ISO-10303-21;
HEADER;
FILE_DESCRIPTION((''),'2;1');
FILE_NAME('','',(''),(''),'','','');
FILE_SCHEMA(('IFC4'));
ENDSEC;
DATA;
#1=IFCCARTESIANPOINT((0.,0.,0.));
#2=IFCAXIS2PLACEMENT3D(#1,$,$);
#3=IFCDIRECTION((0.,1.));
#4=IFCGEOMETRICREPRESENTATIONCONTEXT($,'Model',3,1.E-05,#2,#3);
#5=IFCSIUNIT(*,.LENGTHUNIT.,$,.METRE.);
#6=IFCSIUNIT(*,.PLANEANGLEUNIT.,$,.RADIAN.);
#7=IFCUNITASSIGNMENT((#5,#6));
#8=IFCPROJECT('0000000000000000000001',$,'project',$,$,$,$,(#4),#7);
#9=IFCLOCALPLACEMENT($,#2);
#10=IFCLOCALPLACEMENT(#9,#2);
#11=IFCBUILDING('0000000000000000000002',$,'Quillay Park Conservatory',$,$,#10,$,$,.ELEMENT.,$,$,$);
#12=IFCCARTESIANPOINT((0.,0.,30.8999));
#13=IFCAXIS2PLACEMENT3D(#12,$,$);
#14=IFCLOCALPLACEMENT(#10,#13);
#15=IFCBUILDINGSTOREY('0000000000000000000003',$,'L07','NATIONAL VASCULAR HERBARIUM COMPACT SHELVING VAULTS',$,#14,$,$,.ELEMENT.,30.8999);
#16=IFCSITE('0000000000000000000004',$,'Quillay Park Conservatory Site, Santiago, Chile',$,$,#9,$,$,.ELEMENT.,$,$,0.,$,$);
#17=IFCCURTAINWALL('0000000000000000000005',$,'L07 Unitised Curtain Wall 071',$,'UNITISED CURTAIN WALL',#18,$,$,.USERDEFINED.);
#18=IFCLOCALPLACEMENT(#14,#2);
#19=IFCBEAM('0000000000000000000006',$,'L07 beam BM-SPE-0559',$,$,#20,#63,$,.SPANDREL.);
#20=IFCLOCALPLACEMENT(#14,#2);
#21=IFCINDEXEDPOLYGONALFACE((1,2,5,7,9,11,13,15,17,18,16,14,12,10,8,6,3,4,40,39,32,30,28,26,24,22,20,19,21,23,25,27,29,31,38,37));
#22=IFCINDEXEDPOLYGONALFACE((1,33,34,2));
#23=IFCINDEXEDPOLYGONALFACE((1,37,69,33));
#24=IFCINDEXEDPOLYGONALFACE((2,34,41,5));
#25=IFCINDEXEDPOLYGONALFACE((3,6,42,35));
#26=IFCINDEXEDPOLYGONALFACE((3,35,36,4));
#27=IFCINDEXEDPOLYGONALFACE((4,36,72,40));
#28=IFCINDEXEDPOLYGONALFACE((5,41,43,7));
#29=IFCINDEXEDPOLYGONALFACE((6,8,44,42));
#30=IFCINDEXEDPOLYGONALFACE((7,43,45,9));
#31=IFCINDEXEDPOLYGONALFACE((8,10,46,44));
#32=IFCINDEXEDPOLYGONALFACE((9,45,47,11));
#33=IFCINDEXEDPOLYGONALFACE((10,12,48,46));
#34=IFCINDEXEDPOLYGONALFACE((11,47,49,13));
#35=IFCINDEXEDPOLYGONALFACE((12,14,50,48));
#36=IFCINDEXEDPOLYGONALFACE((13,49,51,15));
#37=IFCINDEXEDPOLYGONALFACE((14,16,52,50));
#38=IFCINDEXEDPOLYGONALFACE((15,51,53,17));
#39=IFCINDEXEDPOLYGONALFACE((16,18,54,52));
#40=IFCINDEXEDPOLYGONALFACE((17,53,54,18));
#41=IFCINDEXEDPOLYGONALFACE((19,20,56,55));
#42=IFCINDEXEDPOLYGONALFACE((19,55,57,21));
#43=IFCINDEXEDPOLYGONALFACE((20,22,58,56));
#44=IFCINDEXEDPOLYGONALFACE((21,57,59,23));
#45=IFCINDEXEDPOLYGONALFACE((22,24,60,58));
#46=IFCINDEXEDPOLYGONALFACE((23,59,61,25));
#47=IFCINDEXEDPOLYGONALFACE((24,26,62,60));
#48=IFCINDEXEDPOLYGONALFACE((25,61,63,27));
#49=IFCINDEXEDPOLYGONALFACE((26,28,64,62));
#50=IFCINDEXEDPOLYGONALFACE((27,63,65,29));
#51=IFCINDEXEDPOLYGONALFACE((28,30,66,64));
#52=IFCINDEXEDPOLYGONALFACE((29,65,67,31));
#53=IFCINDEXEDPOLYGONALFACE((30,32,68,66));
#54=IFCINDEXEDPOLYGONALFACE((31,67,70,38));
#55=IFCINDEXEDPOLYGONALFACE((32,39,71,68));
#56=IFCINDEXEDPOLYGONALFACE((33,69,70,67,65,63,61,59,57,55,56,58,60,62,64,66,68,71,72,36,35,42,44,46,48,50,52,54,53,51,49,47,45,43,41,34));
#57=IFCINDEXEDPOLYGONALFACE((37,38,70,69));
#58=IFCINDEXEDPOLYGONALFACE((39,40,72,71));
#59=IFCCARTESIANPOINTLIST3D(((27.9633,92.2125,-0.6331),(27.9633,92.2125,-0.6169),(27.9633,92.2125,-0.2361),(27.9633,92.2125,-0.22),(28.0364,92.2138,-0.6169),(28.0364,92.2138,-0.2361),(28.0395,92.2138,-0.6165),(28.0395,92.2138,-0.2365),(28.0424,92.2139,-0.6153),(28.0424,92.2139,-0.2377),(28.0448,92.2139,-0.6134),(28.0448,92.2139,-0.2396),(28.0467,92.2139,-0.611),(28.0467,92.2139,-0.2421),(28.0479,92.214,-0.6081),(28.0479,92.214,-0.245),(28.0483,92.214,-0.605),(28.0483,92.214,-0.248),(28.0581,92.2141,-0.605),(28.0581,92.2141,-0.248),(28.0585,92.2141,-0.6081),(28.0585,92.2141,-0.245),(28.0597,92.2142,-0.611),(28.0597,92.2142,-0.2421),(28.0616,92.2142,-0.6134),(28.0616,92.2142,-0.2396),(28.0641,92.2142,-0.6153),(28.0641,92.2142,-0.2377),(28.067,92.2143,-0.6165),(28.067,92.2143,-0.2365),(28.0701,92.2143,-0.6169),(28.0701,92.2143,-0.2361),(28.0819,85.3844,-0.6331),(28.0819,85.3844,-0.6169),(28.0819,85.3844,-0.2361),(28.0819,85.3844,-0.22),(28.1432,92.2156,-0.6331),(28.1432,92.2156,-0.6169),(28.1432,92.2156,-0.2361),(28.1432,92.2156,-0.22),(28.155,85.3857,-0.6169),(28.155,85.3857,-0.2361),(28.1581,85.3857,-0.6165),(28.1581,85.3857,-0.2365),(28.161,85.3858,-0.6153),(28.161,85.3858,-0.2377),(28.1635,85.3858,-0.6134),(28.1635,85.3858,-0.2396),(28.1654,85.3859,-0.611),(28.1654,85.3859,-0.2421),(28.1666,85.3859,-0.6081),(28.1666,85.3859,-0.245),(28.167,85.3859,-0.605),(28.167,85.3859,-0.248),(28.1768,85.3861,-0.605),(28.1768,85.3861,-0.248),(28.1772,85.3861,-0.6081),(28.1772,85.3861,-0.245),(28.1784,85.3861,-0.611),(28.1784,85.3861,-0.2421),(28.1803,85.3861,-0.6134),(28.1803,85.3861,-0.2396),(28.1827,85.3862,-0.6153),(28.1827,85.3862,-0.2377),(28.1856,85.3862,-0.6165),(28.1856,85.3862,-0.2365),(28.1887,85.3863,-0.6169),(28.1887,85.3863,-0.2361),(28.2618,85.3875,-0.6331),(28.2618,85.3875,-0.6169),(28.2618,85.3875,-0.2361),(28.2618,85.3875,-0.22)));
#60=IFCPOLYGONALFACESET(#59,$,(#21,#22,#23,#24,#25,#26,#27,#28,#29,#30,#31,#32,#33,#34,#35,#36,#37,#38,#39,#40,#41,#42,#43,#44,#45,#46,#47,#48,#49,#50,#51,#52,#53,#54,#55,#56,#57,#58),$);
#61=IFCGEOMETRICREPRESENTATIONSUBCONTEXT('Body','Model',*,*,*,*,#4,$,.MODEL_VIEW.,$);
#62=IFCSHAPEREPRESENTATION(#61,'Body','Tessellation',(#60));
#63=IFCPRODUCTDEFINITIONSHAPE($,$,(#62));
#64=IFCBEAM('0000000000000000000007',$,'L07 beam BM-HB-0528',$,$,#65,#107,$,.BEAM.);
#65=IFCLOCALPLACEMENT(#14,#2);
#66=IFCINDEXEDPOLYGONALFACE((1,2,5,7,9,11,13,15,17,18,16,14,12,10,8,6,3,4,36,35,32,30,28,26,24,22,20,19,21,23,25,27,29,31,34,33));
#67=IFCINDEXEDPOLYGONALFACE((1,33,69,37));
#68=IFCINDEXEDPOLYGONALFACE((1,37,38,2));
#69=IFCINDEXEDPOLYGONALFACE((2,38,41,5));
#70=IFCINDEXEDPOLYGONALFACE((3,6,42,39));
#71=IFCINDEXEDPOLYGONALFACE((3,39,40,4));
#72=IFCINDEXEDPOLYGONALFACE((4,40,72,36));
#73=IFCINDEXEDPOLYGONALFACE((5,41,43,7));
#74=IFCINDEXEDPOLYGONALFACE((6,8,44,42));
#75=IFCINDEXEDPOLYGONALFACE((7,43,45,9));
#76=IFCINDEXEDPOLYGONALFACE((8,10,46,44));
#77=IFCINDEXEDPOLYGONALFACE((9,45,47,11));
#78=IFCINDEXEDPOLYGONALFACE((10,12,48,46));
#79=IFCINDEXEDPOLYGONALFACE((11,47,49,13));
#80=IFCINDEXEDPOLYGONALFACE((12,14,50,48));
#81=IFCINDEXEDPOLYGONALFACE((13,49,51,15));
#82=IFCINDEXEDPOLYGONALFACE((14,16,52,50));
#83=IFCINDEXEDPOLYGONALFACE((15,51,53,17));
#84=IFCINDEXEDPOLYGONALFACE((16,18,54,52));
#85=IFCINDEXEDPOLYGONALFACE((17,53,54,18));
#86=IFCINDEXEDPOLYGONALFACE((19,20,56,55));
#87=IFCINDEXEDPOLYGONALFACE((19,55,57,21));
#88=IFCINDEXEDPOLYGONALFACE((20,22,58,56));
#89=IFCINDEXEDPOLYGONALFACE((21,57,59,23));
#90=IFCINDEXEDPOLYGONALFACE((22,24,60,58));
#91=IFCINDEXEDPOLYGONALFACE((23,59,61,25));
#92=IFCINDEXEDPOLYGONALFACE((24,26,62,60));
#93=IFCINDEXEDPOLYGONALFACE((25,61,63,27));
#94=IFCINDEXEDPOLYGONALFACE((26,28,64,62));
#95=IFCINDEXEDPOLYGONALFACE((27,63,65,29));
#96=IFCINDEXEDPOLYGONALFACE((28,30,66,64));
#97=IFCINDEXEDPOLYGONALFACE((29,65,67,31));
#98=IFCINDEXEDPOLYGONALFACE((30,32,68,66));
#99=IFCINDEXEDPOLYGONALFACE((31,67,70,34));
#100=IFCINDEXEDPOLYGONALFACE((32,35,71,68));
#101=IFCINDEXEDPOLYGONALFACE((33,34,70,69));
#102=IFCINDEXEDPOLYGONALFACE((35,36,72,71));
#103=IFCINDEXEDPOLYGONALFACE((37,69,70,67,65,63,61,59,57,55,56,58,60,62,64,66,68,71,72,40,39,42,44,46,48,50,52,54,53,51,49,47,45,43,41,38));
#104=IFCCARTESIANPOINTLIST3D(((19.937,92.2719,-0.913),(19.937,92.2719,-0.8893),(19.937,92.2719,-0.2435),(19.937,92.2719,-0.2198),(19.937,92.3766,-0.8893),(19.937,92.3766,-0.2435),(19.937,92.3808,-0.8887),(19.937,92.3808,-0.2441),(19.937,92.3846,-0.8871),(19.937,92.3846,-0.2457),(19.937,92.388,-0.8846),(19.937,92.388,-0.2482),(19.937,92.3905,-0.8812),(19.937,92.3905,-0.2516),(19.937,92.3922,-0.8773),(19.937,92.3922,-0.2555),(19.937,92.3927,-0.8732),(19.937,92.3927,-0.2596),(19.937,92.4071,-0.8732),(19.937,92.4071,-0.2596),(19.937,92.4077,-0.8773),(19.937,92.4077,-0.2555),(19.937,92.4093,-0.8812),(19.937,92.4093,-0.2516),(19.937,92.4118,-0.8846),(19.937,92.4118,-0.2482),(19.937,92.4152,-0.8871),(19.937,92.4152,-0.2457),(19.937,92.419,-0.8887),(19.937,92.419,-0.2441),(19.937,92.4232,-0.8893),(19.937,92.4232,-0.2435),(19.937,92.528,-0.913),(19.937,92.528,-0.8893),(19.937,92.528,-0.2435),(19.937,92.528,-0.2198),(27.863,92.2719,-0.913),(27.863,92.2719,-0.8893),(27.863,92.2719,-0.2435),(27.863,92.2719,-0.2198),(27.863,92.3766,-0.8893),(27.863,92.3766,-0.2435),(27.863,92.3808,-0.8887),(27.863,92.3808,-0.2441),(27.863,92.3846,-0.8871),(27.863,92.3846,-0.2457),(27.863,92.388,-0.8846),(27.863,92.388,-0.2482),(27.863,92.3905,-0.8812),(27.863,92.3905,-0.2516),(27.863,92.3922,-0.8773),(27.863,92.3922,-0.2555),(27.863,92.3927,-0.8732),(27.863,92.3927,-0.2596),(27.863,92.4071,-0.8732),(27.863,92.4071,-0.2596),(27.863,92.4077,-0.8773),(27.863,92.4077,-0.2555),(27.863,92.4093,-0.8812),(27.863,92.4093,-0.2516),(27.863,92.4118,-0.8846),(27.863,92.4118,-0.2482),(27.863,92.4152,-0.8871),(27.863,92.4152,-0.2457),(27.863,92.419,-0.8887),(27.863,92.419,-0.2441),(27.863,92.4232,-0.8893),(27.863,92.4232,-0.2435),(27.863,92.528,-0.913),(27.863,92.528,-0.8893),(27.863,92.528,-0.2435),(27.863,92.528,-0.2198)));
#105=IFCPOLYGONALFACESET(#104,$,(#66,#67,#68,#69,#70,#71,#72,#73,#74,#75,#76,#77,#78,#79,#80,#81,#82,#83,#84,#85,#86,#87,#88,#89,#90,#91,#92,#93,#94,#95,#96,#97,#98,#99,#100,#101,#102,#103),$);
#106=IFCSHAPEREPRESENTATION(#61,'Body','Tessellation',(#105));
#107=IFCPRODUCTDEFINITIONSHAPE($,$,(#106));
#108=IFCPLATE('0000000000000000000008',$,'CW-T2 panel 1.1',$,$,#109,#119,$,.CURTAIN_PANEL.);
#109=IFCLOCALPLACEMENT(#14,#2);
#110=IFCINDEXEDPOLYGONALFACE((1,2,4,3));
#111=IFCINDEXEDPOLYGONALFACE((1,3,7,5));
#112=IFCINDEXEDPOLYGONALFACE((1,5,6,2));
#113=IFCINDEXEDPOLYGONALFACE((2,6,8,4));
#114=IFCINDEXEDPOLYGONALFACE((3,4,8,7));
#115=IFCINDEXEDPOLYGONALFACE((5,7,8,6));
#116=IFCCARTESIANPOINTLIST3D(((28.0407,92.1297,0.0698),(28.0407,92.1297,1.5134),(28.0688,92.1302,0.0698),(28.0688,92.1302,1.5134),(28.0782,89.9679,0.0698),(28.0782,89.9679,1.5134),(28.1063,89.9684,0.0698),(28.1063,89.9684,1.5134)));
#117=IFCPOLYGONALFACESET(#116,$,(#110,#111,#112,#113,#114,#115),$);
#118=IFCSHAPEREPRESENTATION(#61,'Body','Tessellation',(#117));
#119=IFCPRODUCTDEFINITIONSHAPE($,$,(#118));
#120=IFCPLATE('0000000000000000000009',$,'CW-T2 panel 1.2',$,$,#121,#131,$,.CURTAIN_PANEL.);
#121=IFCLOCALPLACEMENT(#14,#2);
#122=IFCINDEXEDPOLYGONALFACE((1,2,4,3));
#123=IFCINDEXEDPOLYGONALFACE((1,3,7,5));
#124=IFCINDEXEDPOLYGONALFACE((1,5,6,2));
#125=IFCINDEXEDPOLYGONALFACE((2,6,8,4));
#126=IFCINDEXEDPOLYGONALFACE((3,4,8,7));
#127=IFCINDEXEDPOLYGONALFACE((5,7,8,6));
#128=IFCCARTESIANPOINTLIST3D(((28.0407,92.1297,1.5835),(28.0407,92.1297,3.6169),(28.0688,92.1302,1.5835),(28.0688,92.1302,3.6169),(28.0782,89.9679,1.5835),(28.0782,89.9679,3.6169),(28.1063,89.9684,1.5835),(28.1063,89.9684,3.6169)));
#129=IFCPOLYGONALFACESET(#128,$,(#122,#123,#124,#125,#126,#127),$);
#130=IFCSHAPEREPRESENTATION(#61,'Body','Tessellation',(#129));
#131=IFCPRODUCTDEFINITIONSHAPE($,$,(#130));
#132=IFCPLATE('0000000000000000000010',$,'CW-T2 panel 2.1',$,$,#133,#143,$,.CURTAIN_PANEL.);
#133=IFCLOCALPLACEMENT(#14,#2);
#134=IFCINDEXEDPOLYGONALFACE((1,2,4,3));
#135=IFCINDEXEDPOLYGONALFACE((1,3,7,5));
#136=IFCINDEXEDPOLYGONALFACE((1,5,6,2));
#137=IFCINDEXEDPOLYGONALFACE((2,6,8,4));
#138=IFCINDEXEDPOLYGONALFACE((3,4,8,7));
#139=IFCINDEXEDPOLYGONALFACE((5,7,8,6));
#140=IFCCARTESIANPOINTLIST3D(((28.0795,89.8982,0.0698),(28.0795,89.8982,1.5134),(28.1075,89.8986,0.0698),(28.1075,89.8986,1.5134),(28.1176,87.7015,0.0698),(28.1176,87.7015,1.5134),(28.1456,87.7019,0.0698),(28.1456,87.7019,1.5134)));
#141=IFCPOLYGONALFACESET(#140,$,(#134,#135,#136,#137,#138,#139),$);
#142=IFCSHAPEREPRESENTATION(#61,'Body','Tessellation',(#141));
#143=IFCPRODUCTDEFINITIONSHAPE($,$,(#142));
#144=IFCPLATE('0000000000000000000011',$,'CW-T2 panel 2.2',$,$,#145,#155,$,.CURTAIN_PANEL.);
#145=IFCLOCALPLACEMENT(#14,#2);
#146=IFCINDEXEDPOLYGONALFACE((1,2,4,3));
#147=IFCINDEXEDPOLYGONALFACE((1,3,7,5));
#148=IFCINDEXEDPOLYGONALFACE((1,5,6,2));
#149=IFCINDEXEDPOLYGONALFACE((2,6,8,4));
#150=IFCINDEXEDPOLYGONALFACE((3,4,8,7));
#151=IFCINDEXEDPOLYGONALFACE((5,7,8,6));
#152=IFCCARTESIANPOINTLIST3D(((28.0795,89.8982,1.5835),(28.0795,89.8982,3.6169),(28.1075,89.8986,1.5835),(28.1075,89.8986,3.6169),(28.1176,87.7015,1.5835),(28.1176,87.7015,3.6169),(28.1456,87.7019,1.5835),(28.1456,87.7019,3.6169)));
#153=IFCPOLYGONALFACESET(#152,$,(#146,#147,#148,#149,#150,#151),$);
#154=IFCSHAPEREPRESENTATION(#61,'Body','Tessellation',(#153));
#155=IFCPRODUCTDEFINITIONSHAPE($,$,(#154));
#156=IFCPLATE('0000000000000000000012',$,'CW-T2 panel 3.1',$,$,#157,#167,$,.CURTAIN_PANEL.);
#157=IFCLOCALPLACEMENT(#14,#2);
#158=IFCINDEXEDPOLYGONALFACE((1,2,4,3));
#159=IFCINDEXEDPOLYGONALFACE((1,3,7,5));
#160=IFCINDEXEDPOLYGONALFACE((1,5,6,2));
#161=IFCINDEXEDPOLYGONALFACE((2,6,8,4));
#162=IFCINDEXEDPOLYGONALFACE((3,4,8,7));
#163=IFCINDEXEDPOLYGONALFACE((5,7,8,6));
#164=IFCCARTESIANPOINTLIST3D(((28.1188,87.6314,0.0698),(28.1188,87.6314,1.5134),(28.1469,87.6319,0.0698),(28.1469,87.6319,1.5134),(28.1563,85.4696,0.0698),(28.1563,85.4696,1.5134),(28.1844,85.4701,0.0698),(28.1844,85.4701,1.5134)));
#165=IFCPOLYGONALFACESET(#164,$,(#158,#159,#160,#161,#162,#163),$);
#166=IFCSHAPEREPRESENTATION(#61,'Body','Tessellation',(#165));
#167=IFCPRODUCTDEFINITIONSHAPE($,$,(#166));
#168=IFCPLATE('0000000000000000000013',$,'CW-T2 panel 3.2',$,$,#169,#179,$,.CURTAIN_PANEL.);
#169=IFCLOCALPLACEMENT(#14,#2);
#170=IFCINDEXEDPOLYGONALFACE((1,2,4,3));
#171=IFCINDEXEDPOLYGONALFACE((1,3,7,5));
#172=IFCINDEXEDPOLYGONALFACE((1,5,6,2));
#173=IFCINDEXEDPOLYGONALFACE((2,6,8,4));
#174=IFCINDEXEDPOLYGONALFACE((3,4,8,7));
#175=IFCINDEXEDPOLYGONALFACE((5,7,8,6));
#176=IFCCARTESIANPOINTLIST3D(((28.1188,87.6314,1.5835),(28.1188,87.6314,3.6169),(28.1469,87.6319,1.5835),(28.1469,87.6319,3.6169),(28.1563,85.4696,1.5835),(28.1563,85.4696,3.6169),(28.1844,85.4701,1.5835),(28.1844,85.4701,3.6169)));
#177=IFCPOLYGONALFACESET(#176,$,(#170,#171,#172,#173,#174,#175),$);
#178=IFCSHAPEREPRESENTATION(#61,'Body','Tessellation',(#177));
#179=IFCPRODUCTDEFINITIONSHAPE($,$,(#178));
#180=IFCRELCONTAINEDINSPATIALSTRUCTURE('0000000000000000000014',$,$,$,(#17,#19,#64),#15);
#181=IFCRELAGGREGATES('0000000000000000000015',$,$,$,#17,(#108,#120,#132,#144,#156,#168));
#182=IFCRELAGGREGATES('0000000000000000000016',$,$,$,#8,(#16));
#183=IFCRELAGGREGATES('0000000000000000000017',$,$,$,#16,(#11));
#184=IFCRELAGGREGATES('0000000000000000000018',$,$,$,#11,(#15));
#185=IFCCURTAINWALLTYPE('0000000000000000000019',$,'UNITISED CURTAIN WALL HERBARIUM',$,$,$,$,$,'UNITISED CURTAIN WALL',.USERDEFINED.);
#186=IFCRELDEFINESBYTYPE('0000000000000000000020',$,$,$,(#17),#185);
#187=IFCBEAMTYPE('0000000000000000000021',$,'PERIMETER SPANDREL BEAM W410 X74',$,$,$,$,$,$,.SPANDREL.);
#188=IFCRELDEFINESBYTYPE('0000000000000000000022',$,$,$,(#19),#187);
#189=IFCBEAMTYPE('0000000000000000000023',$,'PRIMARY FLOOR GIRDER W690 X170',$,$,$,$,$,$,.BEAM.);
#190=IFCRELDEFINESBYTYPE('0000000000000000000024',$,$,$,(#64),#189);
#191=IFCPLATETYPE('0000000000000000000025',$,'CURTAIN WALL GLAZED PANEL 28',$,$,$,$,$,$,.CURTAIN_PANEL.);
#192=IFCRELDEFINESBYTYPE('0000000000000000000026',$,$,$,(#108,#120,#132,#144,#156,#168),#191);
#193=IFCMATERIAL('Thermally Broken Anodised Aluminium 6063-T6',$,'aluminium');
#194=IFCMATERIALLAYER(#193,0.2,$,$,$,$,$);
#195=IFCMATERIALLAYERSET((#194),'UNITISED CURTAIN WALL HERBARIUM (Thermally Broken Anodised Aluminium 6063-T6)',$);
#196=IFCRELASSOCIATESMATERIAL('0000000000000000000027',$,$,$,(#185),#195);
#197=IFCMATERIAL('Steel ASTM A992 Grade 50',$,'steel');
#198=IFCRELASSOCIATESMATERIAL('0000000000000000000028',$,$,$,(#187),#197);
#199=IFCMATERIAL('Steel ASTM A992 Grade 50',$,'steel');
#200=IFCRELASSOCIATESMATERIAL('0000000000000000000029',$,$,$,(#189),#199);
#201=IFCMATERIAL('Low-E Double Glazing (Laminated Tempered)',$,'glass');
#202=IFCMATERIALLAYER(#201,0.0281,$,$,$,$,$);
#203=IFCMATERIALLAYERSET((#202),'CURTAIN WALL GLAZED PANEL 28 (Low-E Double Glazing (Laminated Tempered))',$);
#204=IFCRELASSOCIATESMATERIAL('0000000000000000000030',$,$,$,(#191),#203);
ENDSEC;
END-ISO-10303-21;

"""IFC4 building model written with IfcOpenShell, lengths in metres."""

from ifc_helpers import new_model, si_unit, direction, frame, origin, origin_2d, place, context, subcontext, project, spatial, rectangle, i_section, extrude, material, layer, layer_set, material_profile, profile_set, type_object, element, aggregate, save


model = new_model("IFC4")

# Units and contexts
model_context = context("Model", 3, precision=1e-05, world=origin(), true_north=direction((0.0, 1.0)))
body_context = subcontext(model_context, "Body", "Model", "MODEL_VIEW")
ifc_project = project(units=[si_unit("LENGTHUNIT", "METRE"), si_unit("PLANEANGLEUNIT", "RADIAN")], contexts=[model_context])

# Site, building, storey
site_placement = place(None, origin())
site = spatial("IfcSite", under=ifc_project, at=site_placement, Name="Quillay Park Conservatory Site, Santiago, Chile", CompositionType="ELEMENT", RefElevation=0.0)
building_placement = place(site_placement, origin())
building = spatial("IfcBuilding", under=site, at=building_placement, Name="Quillay Park Conservatory", CompositionType="ELEMENT")
storey_placement = place(building_placement, frame((0.0, 0.0, 30.8999)))
storey = spatial("IfcBuildingStorey", under=building, at=storey_placement, Name="L07", Description="NATIONAL VASCULAR HERBARIUM COMPACT SHELVING VAULTS", CompositionType="ELEMENT", Elevation=30.8999)

# Curtain wall
ifc_material_1 = material(Name="Thermally Broken Anodised Aluminium 6063-T6", Category="aluminium")
ifc_layer_1 = layer(ifc_material_1, 0.2)
ifc_layer_set_1 = layer_set([ifc_layer_1], Name="UNITISED CURTAIN WALL HERBARIUM (Thermally Broken Anodised Aluminium 6063-T6)")
curtain_wall_type = type_object("IfcCurtainWallType", Name="UNITISED CURTAIN WALL HERBARIUM", ElementType="UNITISED CURTAIN WALL", PredefinedType="USERDEFINED", material=ifc_layer_set_1)
curtain_wall_placement = place(storey_placement, origin())
curtain_wall = element("IfcCurtainWall", 1, at=curtain_wall_placement, inside=storey, type_object=curtain_wall_type, Name="L07 Unitised Curtain Wall 071", ObjectType="UNITISED CURTAIN WALL", PredefinedType="USERDEFINED")

# Beams
ifc_material_2 = material(Name="Steel ASTM A992 Grade 50", Category="steel")
ifc_material_profile_1 = material_profile(ifc_material_2, i_section(OverallWidth=0.1799, OverallDepth=0.4131, WebThickness=0.0098, FlangeThickness=0.0161, FilletRadius=0.012, at=origin_2d()), Name="W410x74")
ifc_profile_set_1 = profile_set([ifc_material_profile_1], Name="Steel ASTM A992 Grade 50")
beam_type_1 = type_object("IfcBeamType", Name="PERIMETER SPANDREL BEAM W410 X74", PredefinedType="SPANDREL", material=ifc_profile_set_1)
beam_1_placement = place(storey_placement, frame((28.1719, 85.386, -0.4265), z_axis=(-0.017374, 0.999849, 0.0), x_axis=(-0.999849, -0.017374, 0.0)))
element("IfcBeam", 2, at=beam_1_placement, inside=storey, type_object=beam_type_1, Name="L07 beam BM-SPE-0559", PredefinedType="SPANDREL", context=body_context, shape_type="SweptSolid", body=[
    extrude(i_section(OverallWidth=0.1799, OverallDepth=0.4131, WebThickness=0.0098, FlangeThickness=0.0161, FilletRadius=0.012, at=origin_2d()), origin(), (0.0, 0.0, 1.0), 6.8291),
])
ifc_material_3 = material(Name="Steel ASTM A992 Grade 50", Category="steel")
ifc_material_profile_2 = material_profile(ifc_material_3, i_section(OverallWidth=0.2561, OverallDepth=0.6931, WebThickness=0.0144, FlangeThickness=0.0237, FilletRadius=0.0161, at=origin_2d()), Name="W690x170")
ifc_profile_set_2 = profile_set([ifc_material_profile_2], Name="Steel ASTM A992 Grade 50")
beam_type_2 = type_object("IfcBeamType", Name="PRIMARY FLOOR GIRDER W690 X170", PredefinedType="BEAM", material=ifc_profile_set_2)
beam_2_placement = place(storey_placement, frame((19.937, 92.3999, -0.5664), z_axis=(1.0, 0.0, 0.0), x_axis=(0.0, 1.0, 0.0)))
element("IfcBeam", 3, at=beam_2_placement, inside=storey, type_object=beam_type_2, Name="L07 beam BM-HB-0528", PredefinedType="BEAM", context=body_context, shape_type="SweptSolid", body=[
    extrude(i_section(OverallWidth=0.2561, OverallDepth=0.6931, WebThickness=0.0144, FlangeThickness=0.0237, FilletRadius=0.0161, at=origin_2d()), origin(), (0.0, 0.0, 1.0), 7.926),
])

# Plates
ifc_material_4 = material(Name="Low-E Double Glazing (Laminated Tempered)", Category="glass")
ifc_layer_2 = layer(ifc_material_4, 0.0281)
ifc_layer_set_2 = layer_set([ifc_layer_2], Name="CURTAIN WALL GLAZED PANEL 28 (Low-E Double Glazing (Laminated Tempered))")
plate_type = type_object("IfcPlateType", Name="CURTAIN WALL GLAZED PANEL 28", PredefinedType="CURTAIN_PANEL", material=ifc_layer_set_2)
plate_1_placement = place(storey_placement, frame((28.0735, 91.0491, 0.0698), z_axis=(0.0, 0.0, 1.0), x_axis=(0.01735, -0.999849, 0.0)))
plate_1 = element("IfcPlate", 4, at=plate_1_placement, type_object=plate_type, Name="CW-T2 panel 1.1", PredefinedType="CURTAIN_PANEL", context=body_context, shape_type="SweptSolid", body=[
    extrude(rectangle(XDim=2.1621, YDim=0.0281, at=origin_2d()), origin(), (0.0, 0.0, 1.0), 1.4436),
])
plate_2_placement = place(storey_placement, frame((28.0735, 91.0491, 1.5835), z_axis=(0.0, 0.0, 1.0), x_axis=(0.01735, -0.999849, 0.0)))
plate_2 = element("IfcPlate", 5, at=plate_2_placement, type_object=plate_type, Name="CW-T2 panel 1.2", PredefinedType="CURTAIN_PANEL", context=body_context, shape_type="SweptSolid", body=[
    extrude(rectangle(XDim=2.1621, YDim=0.0281, at=origin_2d()), origin(), (0.0, 0.0, 1.0), 2.0334),
])
plate_3_placement = place(storey_placement, frame((28.1125, 88.8, 0.0698), z_axis=(0.0, 0.0, 1.0), x_axis=(0.01735, -0.999849, 0.0)))
plate_3 = element("IfcPlate", 6, at=plate_3_placement, type_object=plate_type, Name="CW-T2 panel 2.1", PredefinedType="CURTAIN_PANEL", context=body_context, shape_type="SweptSolid", body=[
    extrude(rectangle(XDim=2.197, YDim=0.0281, at=origin_2d()), origin(), (0.0, 0.0, 1.0), 1.4436),
])
plate_4_placement = place(storey_placement, frame((28.1125, 88.8, 1.5835), z_axis=(0.0, 0.0, 1.0), x_axis=(0.01735, -0.999849, 0.0)))
plate_4 = element("IfcPlate", 7, at=plate_4_placement, type_object=plate_type, Name="CW-T2 panel 2.2", PredefinedType="CURTAIN_PANEL", context=body_context, shape_type="SweptSolid", body=[
    extrude(rectangle(XDim=2.197, YDim=0.0281, at=origin_2d()), origin(), (0.0, 0.0, 1.0), 2.0334),
])
plate_5_placement = place(storey_placement, frame((28.1516, 86.5508, 0.0698), z_axis=(0.0, 0.0, 1.0), x_axis=(0.01735, -0.999849, 0.0)))
plate_5 = element("IfcPlate", 8, at=plate_5_placement, type_object=plate_type, Name="CW-T2 panel 3.1", PredefinedType="CURTAIN_PANEL", context=body_context, shape_type="SweptSolid", body=[
    extrude(rectangle(XDim=2.1621, YDim=0.0281, at=origin_2d()), origin(), (0.0, 0.0, 1.0), 1.4436),
])
plate_6_placement = place(storey_placement, frame((28.1516, 86.5508, 1.5835), z_axis=(0.0, 0.0, 1.0), x_axis=(0.01735, -0.999849, 0.0)))
plate_6 = element("IfcPlate", 9, at=plate_6_placement, type_object=plate_type, Name="CW-T2 panel 3.2", PredefinedType="CURTAIN_PANEL", context=body_context, shape_type="SweptSolid", body=[
    extrude(rectangle(XDim=2.1621, YDim=0.0281, at=origin_2d()), origin(), (0.0, 0.0, 1.0), 2.0334),
])
aggregate(curtain_wall, [plate_1, plate_2, plate_3, plate_4, plate_5, plate_6])

save(model, "model.ifc")
